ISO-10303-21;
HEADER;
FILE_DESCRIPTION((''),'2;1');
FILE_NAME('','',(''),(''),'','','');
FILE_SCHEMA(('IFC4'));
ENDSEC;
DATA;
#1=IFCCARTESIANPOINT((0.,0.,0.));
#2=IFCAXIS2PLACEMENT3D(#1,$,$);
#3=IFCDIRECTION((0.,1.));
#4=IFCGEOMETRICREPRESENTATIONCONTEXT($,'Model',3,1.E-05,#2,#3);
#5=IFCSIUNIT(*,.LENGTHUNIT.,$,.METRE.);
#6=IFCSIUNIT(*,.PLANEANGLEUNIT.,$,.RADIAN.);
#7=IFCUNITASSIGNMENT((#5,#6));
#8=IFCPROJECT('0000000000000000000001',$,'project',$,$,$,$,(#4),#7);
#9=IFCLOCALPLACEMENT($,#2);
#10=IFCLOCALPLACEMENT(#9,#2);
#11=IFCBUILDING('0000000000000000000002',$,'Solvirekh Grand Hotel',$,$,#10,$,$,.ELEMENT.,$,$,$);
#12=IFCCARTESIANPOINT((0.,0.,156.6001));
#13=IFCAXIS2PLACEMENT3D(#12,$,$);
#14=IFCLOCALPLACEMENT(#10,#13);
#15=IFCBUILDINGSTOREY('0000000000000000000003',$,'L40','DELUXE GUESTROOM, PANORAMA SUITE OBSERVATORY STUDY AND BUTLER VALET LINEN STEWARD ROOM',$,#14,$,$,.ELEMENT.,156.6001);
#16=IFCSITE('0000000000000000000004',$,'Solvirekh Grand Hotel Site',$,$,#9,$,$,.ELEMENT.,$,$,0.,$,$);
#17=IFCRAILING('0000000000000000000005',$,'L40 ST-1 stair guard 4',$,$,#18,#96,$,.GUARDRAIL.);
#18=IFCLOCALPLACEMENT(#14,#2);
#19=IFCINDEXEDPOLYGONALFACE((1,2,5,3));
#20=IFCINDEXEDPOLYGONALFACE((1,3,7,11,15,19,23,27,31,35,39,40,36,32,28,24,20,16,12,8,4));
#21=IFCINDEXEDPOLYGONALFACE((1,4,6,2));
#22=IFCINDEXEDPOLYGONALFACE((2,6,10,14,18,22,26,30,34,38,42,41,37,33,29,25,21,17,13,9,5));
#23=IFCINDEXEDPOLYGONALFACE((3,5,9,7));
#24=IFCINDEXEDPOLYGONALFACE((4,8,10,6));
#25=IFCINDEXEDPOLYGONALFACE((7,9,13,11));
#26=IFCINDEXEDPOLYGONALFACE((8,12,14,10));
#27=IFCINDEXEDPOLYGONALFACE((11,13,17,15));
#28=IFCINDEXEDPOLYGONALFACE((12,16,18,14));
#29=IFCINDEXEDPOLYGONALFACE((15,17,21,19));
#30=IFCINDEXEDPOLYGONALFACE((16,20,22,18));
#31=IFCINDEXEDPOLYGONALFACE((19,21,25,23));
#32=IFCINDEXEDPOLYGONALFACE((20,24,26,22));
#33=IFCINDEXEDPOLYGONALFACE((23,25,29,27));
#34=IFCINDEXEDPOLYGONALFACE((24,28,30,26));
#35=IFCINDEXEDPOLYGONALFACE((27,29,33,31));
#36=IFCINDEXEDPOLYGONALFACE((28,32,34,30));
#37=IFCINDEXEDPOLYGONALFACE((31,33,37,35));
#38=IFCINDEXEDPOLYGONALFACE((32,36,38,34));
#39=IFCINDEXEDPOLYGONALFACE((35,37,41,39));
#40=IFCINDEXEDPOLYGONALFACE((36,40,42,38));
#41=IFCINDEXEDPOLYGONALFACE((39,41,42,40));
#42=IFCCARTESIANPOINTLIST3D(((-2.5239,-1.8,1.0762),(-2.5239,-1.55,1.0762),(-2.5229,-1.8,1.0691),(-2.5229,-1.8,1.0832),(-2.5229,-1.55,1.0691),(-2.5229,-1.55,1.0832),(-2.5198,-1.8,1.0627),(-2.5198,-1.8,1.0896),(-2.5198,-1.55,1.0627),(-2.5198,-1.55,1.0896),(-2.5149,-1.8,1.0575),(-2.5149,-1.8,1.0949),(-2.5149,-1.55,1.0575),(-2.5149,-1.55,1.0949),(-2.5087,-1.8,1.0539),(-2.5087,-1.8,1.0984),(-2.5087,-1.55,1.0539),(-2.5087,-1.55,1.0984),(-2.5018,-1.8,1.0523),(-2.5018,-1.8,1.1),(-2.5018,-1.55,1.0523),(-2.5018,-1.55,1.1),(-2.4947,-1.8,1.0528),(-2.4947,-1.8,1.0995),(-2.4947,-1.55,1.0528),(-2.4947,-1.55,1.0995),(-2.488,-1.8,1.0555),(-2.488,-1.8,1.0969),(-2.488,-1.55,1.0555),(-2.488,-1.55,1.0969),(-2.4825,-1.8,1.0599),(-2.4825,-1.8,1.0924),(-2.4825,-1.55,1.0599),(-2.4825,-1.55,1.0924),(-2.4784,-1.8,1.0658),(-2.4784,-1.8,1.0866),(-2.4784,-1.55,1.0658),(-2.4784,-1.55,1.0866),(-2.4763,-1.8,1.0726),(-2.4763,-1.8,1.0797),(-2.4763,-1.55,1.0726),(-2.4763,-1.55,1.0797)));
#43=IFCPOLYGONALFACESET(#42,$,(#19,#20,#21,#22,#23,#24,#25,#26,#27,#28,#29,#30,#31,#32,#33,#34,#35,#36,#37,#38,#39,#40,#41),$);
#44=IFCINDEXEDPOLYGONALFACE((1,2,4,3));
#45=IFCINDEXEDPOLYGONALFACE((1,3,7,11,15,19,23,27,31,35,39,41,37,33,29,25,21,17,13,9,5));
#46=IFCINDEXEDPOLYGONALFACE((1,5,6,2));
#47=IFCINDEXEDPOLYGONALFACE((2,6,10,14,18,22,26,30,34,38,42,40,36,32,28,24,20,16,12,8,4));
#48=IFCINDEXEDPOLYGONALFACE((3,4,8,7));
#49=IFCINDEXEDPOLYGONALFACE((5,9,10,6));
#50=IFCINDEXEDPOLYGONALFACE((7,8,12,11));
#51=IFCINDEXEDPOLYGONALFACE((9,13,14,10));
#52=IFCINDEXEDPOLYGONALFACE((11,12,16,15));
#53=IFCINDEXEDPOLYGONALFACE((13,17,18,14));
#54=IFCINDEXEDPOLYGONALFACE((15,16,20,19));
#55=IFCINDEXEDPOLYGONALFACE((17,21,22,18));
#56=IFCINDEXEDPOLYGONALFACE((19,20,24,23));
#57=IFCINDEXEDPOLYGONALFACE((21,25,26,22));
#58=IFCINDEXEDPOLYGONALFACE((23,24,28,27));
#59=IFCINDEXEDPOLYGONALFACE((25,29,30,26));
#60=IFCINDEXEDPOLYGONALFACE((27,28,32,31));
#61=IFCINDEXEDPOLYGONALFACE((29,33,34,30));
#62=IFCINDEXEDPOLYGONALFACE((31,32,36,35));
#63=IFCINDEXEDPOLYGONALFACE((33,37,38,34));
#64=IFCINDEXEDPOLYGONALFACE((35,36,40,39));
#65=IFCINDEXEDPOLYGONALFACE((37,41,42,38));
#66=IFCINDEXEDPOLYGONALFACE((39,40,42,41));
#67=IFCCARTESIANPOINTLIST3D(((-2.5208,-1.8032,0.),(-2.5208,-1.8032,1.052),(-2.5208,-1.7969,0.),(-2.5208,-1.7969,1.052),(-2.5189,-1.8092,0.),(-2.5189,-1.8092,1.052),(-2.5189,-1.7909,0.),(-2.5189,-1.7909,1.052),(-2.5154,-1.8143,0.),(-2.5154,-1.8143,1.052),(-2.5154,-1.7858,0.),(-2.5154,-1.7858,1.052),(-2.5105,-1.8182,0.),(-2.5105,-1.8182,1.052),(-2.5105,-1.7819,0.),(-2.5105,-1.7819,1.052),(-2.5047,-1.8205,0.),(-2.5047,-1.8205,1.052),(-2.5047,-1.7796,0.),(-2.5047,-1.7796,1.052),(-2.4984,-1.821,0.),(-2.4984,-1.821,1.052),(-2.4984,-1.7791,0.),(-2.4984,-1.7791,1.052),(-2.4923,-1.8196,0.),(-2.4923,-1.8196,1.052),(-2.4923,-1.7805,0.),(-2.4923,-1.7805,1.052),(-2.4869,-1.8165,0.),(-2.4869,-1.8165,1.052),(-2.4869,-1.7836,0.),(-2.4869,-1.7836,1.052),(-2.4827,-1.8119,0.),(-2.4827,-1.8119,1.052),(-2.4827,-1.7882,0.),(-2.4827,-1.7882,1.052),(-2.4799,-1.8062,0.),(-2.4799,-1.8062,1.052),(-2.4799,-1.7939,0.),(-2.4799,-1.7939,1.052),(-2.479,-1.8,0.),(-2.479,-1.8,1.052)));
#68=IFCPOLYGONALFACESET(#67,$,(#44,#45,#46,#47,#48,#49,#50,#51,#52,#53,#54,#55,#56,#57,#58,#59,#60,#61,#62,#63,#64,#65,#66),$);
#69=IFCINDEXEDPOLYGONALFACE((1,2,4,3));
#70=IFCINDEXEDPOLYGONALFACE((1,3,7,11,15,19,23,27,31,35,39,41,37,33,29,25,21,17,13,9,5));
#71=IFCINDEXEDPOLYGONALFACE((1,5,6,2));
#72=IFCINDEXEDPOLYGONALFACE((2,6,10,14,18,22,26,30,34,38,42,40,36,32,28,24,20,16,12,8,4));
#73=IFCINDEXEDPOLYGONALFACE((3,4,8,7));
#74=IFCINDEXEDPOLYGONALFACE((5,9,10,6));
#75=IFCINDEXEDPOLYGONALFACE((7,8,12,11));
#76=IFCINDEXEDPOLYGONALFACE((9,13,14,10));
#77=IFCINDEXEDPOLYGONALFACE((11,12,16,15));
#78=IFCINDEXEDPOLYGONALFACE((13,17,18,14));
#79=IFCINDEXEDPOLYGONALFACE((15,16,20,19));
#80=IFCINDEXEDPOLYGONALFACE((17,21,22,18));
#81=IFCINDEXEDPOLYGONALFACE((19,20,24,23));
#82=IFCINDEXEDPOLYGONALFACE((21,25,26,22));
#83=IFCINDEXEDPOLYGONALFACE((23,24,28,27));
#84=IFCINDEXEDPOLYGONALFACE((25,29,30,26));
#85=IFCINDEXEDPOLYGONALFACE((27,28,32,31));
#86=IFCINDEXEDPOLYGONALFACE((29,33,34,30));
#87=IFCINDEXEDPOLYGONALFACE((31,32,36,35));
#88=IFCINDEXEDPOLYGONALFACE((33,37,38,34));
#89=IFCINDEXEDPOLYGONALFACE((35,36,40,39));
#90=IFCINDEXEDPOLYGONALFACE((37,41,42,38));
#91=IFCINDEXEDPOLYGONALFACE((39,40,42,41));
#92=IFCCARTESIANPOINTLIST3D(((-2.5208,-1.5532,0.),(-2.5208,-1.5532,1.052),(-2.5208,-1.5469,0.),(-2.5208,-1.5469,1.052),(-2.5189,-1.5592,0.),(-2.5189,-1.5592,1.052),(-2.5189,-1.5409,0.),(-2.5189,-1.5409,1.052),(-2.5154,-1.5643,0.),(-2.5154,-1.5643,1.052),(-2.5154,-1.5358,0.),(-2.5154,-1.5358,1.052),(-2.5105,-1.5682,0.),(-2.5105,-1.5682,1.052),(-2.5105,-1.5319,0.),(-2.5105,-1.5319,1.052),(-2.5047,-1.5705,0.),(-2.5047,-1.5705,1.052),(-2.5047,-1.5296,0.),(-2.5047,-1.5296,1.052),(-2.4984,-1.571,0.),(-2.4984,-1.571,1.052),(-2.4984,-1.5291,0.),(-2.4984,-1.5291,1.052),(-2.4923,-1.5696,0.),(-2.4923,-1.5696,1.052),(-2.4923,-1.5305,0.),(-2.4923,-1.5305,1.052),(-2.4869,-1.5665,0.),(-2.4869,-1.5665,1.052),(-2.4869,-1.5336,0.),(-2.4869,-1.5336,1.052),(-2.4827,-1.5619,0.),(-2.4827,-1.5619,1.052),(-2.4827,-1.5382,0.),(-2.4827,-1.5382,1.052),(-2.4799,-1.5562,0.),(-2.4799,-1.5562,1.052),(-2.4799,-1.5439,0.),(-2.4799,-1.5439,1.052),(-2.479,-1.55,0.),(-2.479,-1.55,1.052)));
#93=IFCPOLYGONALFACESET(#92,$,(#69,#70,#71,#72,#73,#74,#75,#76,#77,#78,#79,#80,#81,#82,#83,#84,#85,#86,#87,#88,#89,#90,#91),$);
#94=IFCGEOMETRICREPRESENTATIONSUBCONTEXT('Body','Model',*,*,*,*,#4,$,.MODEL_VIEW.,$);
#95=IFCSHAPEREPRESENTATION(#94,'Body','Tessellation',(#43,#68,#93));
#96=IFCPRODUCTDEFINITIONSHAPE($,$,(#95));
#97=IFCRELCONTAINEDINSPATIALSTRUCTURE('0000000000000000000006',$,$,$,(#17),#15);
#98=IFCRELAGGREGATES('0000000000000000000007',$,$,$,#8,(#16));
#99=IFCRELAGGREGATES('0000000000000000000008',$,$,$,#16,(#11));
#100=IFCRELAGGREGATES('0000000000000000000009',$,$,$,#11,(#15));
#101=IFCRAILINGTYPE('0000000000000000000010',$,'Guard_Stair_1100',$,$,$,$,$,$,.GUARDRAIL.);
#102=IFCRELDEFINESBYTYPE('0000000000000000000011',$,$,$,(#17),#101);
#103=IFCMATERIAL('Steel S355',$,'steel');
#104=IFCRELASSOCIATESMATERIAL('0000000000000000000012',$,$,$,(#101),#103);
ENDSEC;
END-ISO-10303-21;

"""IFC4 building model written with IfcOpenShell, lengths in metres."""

from ifc_helpers import new_model, si_unit, direction, frame, origin, origin_2d, place, context, subcontext, project, spatial, circle, extrude, material, type_object, element, save


model = new_model("IFC4")

# Units and contexts
model_context = context("Model", 3, precision=1e-05, world=origin(), true_north=direction((0.0, 1.0)))
body_context = subcontext(model_context, "Body", "Model", "MODEL_VIEW")
ifc_project = project(units=[si_unit("LENGTHUNIT", "METRE"), si_unit("PLANEANGLEUNIT", "RADIAN")], contexts=[model_context])

# Site, building, storey
site_placement = place(None, origin())
site = spatial("IfcSite", under=ifc_project, at=site_placement, Name="Solvirekh Grand Hotel Site", CompositionType="ELEMENT", RefElevation=0.0)
building_placement = place(site_placement, origin())
building = spatial("IfcBuilding", under=site, at=building_placement, Name="Solvirekh Grand Hotel", CompositionType="ELEMENT")
storey_placement = place(building_placement, frame((0.0, 0.0, 156.6001)))
storey = spatial("IfcBuildingStorey", under=building, at=storey_placement, Name="L40", Description="DELUXE GUESTROOM, PANORAMA SUITE OBSERVATORY STUDY AND BUTLER VALET LINEN STEWARD ROOM", CompositionType="ELEMENT", Elevation=156.6001)

# Shared definitions
ifc_material_1 = material(Name="Steel S355", Category="steel")

# Railing
railing_type_1 = type_object("IfcRailingType", Name="Guard_Stair_1100", PredefinedType="GUARDRAIL", material=ifc_material_1)
railing_1_placement = place(storey_placement, frame((-2.5, -1.8, 0.0)))
element("IfcRailing", 1, at=railing_1_placement, inside=storey, type_object=railing_type_1, Name="L40 ST-1 stair guard 4", PredefinedType="GUARDRAIL", context=body_context, shape_type="SweptSolid", body=[
    extrude(circle(Radius=0.0239, at=origin_2d()), frame((0.0, 0.0, 1.0762), z_axis=(0.0, 1.0, 0.0), x_axis=(-1.0, 0.0, 0.0)), (0.0, 0.0, 1.0), 0.25),
    extrude(circle(Radius=0.021, at=origin_2d()), origin(), (0.0, 0.0, 1.0), 1.052),
    extrude(circle(Radius=0.021, at=origin_2d()), frame((0.0, 0.25, 0.0)), (0.0, 0.0, 1.0), 1.052),
])

save(model, "model.ifc")
